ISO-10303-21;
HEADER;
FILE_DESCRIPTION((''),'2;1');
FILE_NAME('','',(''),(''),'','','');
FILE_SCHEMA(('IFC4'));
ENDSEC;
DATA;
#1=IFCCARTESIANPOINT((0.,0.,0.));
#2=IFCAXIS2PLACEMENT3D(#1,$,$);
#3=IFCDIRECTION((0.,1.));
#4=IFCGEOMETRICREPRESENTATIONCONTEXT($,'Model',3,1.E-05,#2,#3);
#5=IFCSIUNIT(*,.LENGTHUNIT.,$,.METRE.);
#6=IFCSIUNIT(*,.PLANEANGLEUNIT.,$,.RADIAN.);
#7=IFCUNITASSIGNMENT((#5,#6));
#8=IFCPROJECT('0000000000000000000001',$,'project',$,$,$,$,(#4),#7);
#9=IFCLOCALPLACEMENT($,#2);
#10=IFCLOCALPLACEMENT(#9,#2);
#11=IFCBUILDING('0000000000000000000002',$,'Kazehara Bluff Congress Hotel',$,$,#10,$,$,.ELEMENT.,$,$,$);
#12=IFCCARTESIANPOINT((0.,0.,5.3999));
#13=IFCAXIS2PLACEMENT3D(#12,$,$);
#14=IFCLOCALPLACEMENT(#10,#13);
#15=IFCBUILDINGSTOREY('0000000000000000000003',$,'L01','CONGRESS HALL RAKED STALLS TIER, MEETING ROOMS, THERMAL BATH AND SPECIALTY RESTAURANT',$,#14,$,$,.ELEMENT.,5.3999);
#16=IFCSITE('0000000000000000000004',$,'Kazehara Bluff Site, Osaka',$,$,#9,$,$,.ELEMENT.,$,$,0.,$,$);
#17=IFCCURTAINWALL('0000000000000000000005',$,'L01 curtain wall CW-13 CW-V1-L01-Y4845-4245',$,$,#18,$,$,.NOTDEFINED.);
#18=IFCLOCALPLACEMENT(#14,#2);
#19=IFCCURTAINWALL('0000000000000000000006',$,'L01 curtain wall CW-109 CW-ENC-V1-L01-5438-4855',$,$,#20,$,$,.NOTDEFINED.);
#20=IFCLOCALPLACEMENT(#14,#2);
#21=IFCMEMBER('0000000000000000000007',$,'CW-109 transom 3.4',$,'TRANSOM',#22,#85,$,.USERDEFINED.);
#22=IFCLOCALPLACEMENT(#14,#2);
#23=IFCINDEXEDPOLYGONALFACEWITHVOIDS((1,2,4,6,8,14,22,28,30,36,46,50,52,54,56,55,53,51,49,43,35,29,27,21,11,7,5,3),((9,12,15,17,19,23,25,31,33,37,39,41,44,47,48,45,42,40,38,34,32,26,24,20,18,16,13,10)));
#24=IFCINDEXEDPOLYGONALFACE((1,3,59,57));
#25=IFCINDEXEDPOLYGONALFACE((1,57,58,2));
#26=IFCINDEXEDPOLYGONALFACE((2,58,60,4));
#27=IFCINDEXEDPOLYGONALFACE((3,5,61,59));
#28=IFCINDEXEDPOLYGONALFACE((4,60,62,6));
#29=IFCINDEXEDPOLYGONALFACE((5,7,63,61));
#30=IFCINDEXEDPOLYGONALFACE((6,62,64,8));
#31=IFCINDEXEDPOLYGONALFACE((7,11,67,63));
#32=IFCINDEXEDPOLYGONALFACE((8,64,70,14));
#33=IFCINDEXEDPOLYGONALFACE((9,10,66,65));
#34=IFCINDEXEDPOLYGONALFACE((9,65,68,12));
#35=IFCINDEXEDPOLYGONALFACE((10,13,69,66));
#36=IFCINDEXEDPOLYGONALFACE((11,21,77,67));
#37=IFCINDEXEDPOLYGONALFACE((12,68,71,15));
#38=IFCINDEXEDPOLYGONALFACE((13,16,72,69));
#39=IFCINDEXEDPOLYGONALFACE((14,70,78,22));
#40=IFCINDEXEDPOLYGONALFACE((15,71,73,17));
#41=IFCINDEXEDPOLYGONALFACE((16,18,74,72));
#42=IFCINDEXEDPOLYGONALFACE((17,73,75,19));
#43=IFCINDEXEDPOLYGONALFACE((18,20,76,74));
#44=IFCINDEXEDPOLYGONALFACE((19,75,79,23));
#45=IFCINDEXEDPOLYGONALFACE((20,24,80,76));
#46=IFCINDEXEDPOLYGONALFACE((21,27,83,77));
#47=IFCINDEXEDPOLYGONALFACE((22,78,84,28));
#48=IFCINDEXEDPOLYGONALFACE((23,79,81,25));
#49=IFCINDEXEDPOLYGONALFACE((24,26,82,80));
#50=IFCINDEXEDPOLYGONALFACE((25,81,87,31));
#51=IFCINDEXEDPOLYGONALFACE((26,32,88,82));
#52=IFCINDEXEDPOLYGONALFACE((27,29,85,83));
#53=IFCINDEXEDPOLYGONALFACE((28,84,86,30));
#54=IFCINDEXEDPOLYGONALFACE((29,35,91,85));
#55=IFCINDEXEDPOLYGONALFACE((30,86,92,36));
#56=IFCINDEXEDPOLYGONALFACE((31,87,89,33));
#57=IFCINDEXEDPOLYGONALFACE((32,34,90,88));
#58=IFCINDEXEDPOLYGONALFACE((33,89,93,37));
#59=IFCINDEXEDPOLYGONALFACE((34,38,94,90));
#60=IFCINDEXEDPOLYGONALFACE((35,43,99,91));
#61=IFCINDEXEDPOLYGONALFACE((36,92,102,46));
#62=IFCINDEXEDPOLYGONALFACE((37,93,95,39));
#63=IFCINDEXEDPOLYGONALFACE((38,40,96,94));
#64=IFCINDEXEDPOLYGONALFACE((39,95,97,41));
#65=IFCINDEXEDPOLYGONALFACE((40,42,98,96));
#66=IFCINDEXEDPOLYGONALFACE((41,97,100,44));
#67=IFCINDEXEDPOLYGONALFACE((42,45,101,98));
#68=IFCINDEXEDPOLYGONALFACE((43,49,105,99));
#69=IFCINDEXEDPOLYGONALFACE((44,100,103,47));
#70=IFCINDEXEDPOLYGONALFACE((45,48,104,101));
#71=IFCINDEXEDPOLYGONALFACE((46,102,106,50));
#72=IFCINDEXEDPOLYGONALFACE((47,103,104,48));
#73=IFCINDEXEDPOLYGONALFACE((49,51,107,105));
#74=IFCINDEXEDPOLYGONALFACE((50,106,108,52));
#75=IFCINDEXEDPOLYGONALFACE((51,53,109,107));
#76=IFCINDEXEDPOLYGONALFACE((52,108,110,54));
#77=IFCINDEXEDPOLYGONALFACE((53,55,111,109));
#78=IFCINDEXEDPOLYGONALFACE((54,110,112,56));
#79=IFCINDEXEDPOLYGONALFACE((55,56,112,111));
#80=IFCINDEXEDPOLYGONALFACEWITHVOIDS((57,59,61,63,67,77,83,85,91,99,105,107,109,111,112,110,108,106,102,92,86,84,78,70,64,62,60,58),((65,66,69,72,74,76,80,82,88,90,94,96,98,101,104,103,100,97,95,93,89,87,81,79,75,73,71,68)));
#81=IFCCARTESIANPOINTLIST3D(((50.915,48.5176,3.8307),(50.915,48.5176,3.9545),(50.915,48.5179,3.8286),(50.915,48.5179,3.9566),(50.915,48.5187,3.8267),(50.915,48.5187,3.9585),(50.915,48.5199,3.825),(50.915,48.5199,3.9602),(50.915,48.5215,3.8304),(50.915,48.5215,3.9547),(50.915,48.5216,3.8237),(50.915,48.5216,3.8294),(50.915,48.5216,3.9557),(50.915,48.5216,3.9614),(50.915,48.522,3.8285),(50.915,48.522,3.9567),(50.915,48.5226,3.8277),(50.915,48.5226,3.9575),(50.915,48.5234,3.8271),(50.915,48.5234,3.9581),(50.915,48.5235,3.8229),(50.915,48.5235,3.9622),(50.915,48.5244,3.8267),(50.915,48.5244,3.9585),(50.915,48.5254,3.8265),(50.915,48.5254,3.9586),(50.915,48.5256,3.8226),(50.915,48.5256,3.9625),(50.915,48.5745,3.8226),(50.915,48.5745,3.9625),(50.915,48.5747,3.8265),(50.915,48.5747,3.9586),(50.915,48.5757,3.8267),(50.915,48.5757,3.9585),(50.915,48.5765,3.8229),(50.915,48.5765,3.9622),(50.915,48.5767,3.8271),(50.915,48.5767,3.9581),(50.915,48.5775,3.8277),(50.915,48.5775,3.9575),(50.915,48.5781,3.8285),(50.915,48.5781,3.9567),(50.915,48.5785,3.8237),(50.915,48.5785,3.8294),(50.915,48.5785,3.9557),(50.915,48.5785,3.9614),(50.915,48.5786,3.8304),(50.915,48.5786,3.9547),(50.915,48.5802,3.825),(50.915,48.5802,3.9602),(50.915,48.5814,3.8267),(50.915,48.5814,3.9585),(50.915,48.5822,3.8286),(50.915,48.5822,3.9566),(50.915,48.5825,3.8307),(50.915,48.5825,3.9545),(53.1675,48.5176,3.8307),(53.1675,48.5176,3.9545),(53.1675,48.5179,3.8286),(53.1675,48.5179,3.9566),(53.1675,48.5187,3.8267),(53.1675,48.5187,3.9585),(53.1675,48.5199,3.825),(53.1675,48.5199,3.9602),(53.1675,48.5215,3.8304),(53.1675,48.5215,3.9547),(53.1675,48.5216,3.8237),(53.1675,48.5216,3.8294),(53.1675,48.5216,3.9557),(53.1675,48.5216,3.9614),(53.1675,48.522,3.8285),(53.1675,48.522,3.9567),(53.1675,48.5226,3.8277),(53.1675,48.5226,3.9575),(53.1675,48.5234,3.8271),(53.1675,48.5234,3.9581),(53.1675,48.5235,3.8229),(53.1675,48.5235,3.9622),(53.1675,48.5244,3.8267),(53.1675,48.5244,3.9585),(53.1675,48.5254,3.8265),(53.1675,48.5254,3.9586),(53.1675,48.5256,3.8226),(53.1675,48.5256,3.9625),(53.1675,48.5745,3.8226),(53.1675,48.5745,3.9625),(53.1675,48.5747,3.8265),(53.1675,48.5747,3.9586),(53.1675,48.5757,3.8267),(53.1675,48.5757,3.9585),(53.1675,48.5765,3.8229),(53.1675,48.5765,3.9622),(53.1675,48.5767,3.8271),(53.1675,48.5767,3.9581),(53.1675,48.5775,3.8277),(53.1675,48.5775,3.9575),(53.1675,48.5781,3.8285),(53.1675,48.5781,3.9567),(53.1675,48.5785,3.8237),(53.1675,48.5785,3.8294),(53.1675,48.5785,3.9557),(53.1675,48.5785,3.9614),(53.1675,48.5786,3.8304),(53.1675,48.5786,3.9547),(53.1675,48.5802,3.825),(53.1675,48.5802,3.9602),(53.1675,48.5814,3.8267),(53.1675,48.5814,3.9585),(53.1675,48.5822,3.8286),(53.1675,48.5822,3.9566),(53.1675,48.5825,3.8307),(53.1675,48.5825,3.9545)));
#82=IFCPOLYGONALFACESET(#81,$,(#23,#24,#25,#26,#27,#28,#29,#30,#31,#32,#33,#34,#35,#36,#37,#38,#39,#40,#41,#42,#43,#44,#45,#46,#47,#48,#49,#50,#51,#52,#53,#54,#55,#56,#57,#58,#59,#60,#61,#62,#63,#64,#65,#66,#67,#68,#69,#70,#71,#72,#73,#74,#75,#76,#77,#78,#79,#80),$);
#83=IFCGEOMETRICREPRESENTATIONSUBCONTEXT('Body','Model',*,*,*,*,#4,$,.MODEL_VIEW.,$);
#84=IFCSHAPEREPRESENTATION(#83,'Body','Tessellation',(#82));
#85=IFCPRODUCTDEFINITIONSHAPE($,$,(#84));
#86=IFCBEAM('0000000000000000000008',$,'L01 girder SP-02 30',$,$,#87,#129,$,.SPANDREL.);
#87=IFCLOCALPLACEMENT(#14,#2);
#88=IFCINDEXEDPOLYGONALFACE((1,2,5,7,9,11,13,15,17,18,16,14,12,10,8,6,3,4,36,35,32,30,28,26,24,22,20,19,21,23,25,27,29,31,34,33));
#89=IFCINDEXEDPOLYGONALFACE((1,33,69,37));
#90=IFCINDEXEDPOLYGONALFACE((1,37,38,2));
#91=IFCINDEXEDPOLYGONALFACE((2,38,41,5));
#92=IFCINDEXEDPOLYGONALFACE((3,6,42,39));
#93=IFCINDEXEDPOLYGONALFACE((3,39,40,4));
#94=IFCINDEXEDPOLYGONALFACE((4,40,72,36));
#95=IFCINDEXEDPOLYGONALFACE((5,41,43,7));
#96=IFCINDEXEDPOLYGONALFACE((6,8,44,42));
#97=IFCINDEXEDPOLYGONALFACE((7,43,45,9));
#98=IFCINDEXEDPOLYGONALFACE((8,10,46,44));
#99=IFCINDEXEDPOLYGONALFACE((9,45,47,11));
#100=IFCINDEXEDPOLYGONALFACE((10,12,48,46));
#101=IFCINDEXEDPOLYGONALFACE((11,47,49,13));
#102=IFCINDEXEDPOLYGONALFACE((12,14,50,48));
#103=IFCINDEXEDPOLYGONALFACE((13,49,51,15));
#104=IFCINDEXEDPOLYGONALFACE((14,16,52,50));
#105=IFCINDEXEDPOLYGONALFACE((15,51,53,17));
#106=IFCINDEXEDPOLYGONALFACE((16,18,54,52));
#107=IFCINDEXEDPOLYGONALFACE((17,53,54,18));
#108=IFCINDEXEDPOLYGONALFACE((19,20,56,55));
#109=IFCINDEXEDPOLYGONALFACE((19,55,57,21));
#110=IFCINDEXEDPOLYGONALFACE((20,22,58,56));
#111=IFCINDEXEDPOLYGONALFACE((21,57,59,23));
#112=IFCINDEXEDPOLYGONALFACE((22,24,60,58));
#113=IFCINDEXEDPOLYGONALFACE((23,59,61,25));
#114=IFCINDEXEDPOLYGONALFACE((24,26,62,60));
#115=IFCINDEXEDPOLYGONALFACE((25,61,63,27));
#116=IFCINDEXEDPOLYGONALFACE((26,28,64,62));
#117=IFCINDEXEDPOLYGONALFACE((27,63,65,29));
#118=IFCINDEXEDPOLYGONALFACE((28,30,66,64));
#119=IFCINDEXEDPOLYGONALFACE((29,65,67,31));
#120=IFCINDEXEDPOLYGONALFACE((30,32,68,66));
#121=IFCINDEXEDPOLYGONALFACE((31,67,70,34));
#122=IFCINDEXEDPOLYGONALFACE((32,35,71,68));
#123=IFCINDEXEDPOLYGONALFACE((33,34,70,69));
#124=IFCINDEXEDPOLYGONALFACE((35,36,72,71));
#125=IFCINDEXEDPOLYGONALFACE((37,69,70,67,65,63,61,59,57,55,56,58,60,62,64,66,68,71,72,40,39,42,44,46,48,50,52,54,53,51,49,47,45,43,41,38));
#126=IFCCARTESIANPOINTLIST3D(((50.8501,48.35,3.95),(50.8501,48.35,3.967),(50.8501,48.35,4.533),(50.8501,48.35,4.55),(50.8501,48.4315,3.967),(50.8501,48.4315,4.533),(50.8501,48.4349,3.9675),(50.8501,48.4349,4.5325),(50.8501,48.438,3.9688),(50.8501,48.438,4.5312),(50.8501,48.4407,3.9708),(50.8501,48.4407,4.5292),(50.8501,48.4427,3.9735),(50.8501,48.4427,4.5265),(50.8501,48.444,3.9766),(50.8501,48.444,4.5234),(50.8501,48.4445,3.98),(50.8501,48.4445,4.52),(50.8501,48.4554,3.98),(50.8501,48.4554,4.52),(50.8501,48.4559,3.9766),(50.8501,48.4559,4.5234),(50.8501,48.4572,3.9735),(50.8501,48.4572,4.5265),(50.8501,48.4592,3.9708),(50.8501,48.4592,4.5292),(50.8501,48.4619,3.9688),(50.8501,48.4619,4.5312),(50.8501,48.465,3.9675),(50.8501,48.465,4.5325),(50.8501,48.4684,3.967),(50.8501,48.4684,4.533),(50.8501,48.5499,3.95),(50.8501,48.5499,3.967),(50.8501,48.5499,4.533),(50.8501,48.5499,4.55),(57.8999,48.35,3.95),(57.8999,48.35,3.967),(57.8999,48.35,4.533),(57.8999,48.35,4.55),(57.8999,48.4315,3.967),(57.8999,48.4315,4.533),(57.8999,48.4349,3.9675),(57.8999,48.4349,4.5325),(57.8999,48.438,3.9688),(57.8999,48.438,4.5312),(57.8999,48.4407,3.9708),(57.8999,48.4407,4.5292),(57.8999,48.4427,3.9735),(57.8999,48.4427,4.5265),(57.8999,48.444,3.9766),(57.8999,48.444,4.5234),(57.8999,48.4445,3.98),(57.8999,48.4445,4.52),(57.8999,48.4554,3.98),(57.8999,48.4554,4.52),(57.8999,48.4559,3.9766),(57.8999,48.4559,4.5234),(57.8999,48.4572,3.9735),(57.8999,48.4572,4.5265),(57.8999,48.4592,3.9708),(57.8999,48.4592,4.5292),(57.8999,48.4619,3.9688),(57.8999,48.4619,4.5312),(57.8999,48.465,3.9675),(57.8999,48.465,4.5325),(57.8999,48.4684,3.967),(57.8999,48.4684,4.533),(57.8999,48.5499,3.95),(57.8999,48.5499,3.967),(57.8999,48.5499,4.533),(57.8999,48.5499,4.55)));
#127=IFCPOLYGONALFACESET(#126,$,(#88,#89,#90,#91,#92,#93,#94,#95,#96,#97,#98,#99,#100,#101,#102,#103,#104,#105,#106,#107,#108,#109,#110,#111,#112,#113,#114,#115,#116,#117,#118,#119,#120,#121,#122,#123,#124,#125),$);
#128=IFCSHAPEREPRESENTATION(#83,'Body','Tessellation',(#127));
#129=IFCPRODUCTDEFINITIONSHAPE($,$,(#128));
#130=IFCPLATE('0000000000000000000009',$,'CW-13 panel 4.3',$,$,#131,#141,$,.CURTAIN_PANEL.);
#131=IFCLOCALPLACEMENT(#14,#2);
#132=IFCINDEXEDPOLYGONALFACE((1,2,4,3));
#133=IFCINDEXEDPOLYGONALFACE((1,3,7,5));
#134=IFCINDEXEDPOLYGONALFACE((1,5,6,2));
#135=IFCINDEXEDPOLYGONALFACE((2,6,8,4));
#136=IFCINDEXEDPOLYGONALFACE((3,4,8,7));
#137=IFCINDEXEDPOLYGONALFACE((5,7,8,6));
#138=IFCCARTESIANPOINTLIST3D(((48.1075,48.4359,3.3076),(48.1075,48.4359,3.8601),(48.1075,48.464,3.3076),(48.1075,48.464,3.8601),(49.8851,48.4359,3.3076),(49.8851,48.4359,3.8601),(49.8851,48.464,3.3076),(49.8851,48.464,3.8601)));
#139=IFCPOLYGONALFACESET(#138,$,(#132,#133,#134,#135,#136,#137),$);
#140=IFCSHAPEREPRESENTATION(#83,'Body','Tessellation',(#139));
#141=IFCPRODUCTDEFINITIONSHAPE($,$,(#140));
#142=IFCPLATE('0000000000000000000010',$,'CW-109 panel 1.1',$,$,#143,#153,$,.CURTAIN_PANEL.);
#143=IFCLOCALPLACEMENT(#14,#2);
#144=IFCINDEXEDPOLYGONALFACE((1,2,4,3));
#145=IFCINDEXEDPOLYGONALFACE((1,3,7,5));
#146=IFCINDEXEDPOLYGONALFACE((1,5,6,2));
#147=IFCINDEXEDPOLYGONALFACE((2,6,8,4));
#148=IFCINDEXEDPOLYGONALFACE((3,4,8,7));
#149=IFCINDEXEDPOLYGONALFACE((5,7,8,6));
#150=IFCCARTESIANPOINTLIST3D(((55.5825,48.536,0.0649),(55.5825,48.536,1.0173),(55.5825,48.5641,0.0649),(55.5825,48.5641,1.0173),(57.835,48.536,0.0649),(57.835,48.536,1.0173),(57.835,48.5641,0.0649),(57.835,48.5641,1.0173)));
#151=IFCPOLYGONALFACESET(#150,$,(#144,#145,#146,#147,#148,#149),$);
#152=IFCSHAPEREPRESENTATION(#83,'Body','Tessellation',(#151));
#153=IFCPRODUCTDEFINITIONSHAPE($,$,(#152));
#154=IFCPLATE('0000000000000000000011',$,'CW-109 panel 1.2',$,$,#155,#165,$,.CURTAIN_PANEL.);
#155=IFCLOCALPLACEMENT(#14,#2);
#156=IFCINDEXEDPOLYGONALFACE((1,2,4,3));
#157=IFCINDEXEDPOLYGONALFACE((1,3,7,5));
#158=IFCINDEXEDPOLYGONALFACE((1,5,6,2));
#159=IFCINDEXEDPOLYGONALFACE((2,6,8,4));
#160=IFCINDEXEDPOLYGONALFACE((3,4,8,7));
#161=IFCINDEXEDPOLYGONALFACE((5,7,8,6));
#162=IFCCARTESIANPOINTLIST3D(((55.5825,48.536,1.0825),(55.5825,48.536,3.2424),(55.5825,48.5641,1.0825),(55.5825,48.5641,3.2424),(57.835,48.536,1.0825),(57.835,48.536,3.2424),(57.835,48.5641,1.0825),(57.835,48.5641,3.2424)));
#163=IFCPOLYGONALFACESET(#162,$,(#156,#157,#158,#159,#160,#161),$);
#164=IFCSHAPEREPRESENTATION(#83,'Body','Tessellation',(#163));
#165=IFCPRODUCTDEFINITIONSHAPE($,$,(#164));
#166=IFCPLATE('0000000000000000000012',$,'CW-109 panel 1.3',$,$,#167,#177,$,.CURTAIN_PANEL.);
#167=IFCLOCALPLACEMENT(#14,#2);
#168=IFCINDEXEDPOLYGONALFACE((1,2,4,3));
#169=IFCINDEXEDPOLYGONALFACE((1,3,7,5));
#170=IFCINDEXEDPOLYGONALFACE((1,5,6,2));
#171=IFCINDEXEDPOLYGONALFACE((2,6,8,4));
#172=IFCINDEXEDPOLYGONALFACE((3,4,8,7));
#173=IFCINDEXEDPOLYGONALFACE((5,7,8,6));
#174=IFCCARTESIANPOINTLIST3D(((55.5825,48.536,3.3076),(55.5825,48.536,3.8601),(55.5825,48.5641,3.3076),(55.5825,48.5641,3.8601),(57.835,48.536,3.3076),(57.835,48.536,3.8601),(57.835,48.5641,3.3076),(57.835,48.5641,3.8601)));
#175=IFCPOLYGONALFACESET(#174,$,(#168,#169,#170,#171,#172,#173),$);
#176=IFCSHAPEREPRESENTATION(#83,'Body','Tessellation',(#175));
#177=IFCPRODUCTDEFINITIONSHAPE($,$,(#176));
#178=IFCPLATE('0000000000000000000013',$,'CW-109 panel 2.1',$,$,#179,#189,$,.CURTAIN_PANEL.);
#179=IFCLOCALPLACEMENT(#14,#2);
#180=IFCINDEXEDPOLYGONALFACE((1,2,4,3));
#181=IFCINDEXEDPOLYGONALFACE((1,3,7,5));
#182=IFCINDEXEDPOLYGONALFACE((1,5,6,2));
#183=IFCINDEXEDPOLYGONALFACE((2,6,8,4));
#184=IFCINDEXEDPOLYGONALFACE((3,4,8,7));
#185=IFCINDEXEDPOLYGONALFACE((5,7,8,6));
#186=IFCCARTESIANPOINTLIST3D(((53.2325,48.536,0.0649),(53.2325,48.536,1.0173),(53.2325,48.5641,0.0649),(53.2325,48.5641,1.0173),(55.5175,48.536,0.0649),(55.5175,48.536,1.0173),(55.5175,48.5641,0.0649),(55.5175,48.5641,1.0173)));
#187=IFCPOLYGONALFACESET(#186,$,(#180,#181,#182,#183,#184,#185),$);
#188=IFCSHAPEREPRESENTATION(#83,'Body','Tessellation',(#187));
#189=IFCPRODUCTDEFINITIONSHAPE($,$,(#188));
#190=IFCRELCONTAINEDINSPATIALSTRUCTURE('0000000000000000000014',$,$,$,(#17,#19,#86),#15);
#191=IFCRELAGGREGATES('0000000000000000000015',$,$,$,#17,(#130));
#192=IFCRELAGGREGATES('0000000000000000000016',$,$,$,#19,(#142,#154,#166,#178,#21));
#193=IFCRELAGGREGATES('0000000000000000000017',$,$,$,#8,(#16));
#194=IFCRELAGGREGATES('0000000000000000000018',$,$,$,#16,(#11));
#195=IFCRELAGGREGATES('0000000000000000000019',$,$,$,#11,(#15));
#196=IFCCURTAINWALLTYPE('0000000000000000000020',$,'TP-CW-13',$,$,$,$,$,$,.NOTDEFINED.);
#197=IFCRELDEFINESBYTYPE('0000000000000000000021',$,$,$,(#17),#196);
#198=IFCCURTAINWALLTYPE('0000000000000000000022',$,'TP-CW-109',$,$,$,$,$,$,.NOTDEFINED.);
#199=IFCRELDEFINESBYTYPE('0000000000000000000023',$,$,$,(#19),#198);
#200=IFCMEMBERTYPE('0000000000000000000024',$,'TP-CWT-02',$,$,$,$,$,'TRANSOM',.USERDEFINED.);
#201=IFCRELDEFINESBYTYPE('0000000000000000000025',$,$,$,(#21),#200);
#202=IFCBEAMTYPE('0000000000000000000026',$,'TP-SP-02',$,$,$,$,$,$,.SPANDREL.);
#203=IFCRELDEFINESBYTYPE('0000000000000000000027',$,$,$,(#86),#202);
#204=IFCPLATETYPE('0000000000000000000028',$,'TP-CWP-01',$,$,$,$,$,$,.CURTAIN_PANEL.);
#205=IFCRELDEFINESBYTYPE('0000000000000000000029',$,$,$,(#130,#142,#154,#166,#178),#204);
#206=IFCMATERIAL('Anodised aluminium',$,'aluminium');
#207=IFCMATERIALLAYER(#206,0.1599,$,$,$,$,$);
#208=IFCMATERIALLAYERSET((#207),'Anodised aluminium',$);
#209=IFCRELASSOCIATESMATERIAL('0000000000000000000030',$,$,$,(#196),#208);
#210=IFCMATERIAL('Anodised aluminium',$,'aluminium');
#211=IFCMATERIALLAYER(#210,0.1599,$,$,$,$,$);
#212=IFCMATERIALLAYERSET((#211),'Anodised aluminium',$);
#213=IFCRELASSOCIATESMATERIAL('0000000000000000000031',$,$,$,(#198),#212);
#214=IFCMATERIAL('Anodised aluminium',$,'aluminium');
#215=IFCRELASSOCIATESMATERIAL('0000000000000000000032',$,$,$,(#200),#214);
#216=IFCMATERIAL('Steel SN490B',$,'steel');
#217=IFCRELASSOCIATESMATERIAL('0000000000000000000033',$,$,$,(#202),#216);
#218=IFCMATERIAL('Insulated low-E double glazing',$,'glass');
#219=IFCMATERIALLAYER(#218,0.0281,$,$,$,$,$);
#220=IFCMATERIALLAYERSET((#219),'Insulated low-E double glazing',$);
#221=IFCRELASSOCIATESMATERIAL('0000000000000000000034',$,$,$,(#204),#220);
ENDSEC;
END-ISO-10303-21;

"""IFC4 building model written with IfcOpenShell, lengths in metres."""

from ifc_helpers import new_model, si_unit, direction, frame, origin, origin_2d, place, context, subcontext, project, spatial, rectangle, hollow_rectangle, i_section, extrude, material, layer, layer_set, material_profile, profile_set, type_object, element, aggregate, save


model = new_model("IFC4")

# Units and contexts
model_context = context("Model", 3, precision=1e-05, world=origin(), true_north=direction((0.0, 1.0)))
body_context = subcontext(model_context, "Body", "Model", "MODEL_VIEW")
ifc_project = project(units=[si_unit("LENGTHUNIT", "METRE"), si_unit("PLANEANGLEUNIT", "RADIAN")], contexts=[model_context])

# Site, building, storey
site_placement = place(None, origin())
site = spatial("IfcSite", under=ifc_project, at=site_placement, Name="Kazehara Bluff Site, Osaka", CompositionType="ELEMENT", RefElevation=0.0)
building_placement = place(site_placement, origin())
building = spatial("IfcBuilding", under=site, at=building_placement, Name="Kazehara Bluff Congress Hotel", CompositionType="ELEMENT")
storey_placement = place(building_placement, frame((0.0, 0.0, 5.3999)))
storey = spatial("IfcBuildingStorey", under=building, at=storey_placement, Name="L01", Description="CONGRESS HALL RAKED STALLS TIER, MEETING ROOMS, THERMAL BATH AND SPECIALTY RESTAURANT", CompositionType="ELEMENT", Elevation=5.3999)

# Curtain wall
ifc_material_1 = material(Name="Anodised aluminium", Category="aluminium")
ifc_layer_1 = layer(ifc_material_1, 0.1599)
ifc_layer_set_1 = layer_set([ifc_layer_1], Name="Anodised aluminium")
curtain_wall_type_1 = type_object("IfcCurtainWallType", Name="TP-CW-13", PredefinedType="NOTDEFINED", material=ifc_layer_set_1)
curtain_wall_1_placement = place(storey_placement, origin())
curtain_wall_1 = element("IfcCurtainWall", 1, at=curtain_wall_1_placement, inside=storey, type_object=curtain_wall_type_1, Name="L01 curtain wall CW-13 CW-V1-L01-Y4845-4245", PredefinedType="NOTDEFINED")

# Curtain wall, member
ifc_material_2 = material(Name="Anodised aluminium", Category="aluminium")
ifc_layer_2 = layer(ifc_material_2, 0.1599)
ifc_layer_set_2 = layer_set([ifc_layer_2], Name="Anodised aluminium")
curtain_wall_type_2 = type_object("IfcCurtainWallType", Name="TP-CW-109", PredefinedType="NOTDEFINED", material=ifc_layer_set_2)
curtain_wall_2_placement = place(storey_placement, origin())
curtain_wall_2 = element("IfcCurtainWall", 2, at=curtain_wall_2_placement, inside=storey, type_object=curtain_wall_type_2, Name="L01 curtain wall CW-109 CW-ENC-V1-L01-5438-4855", PredefinedType="NOTDEFINED")
ifc_material_3 = material(Name="Anodised aluminium", Category="aluminium")
ifc_material_profile_1 = material_profile(ifc_material_3, hollow_rectangle(XDim=0.0649, YDim=0.1399, WallThickness=0.0039, InnerFilletRadius=0.0039, OuterFilletRadius=0.0081, at=origin_2d()))
ifc_profile_set_1 = profile_set([ifc_material_profile_1], Name="Anodised aluminium")
member_type_1 = type_object("IfcMemberType", Name="TP-CWT-02", ElementType="TRANSOM", PredefinedType="USERDEFINED", material=ifc_profile_set_1)
member_1_placement = place(storey_placement, frame((53.1675, 48.55, 3.8926), z_axis=(-1.0, 0.0, 0.0), x_axis=(0.0, -1.0, 0.0)))
member_1 = element("IfcMember", 3, at=member_1_placement, type_object=member_type_1, Name="CW-109 transom 3.4", ObjectType="TRANSOM", PredefinedType="USERDEFINED", context=body_context, shape_type="SweptSolid", body=[
    extrude(hollow_rectangle(XDim=0.0649, YDim=0.1399, WallThickness=0.0039, InnerFilletRadius=0.0039, OuterFilletRadius=0.0081, at=origin_2d()), origin(), (0.0, 0.0, 1.0), 2.2524),
])

# Beam
ifc_material_4 = material(Name="Steel SN490B", Category="steel")
ifc_material_profile_2 = material_profile(ifc_material_4, i_section(OverallWidth=0.2, OverallDepth=0.6001, WebThickness=0.011, FlangeThickness=0.0171, FilletRadius=0.0129, at=origin_2d()))
ifc_profile_set_2 = profile_set([ifc_material_profile_2], Name="Steel SN490B")
beam_type = type_object("IfcBeamType", Name="TP-SP-02", PredefinedType="SPANDREL", material=ifc_profile_set_2)
beam_placement = place(storey_placement, frame((50.8501, 48.45, 4.25), z_axis=(1.0, 0.0, 0.0), x_axis=(0.0, 1.0, 0.0)))
element("IfcBeam", 4, at=beam_placement, inside=storey, type_object=beam_type, Name="L01 girder SP-02 30", PredefinedType="SPANDREL", context=body_context, shape_type="SweptSolid", body=[
    extrude(i_section(OverallWidth=0.2, OverallDepth=0.6001, WebThickness=0.011, FlangeThickness=0.0171, FilletRadius=0.0129, at=origin_2d()), origin(), (0.0, 0.0, 1.0), 7.0498),
])

# Plates
ifc_material_5 = material(Name="Insulated low-E double glazing", Category="glass")
ifc_layer_3 = layer(ifc_material_5, 0.0281)
ifc_layer_set_3 = layer_set([ifc_layer_3], Name="Insulated low-E double glazing")
plate_type = type_object("IfcPlateType", Name="TP-CWP-01", PredefinedType="CURTAIN_PANEL", material=ifc_layer_set_3)
plate_1_placement = place(storey_placement, frame((48.9963, 48.45, 3.3076), z_axis=(0.0, 0.0, 1.0), x_axis=(1.0, 0.0, 0.0)))
plate_1 = element("IfcPlate", 5, at=plate_1_placement, type_object=plate_type, Name="CW-13 panel 4.3", PredefinedType="CURTAIN_PANEL", context=body_context, shape_type="SweptSolid", body=[
    extrude(rectangle(XDim=1.7776, YDim=0.0281, at=origin_2d()), origin(), (0.0, 0.0, 1.0), 0.5525),
])
aggregate(curtain_wall_1, [plate_1])
plate_2_placement = place(storey_placement, frame((56.7087, 48.55, 0.0649), z_axis=(0.0, 0.0, 1.0), x_axis=(-1.0, 0.0, 0.0)))
plate_2 = element("IfcPlate", 6, at=plate_2_placement, type_object=plate_type, Name="CW-109 panel 1.1", PredefinedType="CURTAIN_PANEL", context=body_context, shape_type="SweptSolid", body=[
    extrude(rectangle(XDim=2.2524, YDim=0.0281, at=origin_2d()), origin(), (0.0, 0.0, 1.0), 0.9524),
])
plate_3_placement = place(storey_placement, frame((56.7087, 48.55, 1.0825), z_axis=(0.0, 0.0, 1.0), x_axis=(-1.0, 0.0, 0.0)))
plate_3 = element("IfcPlate", 7, at=plate_3_placement, type_object=plate_type, Name="CW-109 panel 1.2", PredefinedType="CURTAIN_PANEL", context=body_context, shape_type="SweptSolid", body=[
    extrude(rectangle(XDim=2.2524, YDim=0.0281, at=origin_2d()), origin(), (0.0, 0.0, 1.0), 2.1599),
])
plate_4_placement = place(storey_placement, frame((56.7087, 48.55, 3.3076), z_axis=(0.0, 0.0, 1.0), x_axis=(-1.0, 0.0, 0.0)))
plate_4 = element("IfcPlate", 8, at=plate_4_placement, type_object=plate_type, Name="CW-109 panel 1.3", PredefinedType="CURTAIN_PANEL", context=body_context, shape_type="SweptSolid", body=[
    extrude(rectangle(XDim=2.2524, YDim=0.0281, at=origin_2d()), origin(), (0.0, 0.0, 1.0), 0.5525),
])
plate_5_placement = place(storey_placement, frame((54.375, 48.55, 0.0649), z_axis=(0.0, 0.0, 1.0), x_axis=(-1.0, 0.0, 0.0)))
plate_5 = element("IfcPlate", 9, at=plate_5_placement, type_object=plate_type, Name="CW-109 panel 2.1", PredefinedType="CURTAIN_PANEL", context=body_context, shape_type="SweptSolid", body=[
    extrude(rectangle(XDim=2.2849, YDim=0.0281, at=origin_2d()), origin(), (0.0, 0.0, 1.0), 0.9524),
])
aggregate(curtain_wall_2, [plate_2, plate_3, plate_4, plate_5, member_1])

save(model, "model.ifc")
